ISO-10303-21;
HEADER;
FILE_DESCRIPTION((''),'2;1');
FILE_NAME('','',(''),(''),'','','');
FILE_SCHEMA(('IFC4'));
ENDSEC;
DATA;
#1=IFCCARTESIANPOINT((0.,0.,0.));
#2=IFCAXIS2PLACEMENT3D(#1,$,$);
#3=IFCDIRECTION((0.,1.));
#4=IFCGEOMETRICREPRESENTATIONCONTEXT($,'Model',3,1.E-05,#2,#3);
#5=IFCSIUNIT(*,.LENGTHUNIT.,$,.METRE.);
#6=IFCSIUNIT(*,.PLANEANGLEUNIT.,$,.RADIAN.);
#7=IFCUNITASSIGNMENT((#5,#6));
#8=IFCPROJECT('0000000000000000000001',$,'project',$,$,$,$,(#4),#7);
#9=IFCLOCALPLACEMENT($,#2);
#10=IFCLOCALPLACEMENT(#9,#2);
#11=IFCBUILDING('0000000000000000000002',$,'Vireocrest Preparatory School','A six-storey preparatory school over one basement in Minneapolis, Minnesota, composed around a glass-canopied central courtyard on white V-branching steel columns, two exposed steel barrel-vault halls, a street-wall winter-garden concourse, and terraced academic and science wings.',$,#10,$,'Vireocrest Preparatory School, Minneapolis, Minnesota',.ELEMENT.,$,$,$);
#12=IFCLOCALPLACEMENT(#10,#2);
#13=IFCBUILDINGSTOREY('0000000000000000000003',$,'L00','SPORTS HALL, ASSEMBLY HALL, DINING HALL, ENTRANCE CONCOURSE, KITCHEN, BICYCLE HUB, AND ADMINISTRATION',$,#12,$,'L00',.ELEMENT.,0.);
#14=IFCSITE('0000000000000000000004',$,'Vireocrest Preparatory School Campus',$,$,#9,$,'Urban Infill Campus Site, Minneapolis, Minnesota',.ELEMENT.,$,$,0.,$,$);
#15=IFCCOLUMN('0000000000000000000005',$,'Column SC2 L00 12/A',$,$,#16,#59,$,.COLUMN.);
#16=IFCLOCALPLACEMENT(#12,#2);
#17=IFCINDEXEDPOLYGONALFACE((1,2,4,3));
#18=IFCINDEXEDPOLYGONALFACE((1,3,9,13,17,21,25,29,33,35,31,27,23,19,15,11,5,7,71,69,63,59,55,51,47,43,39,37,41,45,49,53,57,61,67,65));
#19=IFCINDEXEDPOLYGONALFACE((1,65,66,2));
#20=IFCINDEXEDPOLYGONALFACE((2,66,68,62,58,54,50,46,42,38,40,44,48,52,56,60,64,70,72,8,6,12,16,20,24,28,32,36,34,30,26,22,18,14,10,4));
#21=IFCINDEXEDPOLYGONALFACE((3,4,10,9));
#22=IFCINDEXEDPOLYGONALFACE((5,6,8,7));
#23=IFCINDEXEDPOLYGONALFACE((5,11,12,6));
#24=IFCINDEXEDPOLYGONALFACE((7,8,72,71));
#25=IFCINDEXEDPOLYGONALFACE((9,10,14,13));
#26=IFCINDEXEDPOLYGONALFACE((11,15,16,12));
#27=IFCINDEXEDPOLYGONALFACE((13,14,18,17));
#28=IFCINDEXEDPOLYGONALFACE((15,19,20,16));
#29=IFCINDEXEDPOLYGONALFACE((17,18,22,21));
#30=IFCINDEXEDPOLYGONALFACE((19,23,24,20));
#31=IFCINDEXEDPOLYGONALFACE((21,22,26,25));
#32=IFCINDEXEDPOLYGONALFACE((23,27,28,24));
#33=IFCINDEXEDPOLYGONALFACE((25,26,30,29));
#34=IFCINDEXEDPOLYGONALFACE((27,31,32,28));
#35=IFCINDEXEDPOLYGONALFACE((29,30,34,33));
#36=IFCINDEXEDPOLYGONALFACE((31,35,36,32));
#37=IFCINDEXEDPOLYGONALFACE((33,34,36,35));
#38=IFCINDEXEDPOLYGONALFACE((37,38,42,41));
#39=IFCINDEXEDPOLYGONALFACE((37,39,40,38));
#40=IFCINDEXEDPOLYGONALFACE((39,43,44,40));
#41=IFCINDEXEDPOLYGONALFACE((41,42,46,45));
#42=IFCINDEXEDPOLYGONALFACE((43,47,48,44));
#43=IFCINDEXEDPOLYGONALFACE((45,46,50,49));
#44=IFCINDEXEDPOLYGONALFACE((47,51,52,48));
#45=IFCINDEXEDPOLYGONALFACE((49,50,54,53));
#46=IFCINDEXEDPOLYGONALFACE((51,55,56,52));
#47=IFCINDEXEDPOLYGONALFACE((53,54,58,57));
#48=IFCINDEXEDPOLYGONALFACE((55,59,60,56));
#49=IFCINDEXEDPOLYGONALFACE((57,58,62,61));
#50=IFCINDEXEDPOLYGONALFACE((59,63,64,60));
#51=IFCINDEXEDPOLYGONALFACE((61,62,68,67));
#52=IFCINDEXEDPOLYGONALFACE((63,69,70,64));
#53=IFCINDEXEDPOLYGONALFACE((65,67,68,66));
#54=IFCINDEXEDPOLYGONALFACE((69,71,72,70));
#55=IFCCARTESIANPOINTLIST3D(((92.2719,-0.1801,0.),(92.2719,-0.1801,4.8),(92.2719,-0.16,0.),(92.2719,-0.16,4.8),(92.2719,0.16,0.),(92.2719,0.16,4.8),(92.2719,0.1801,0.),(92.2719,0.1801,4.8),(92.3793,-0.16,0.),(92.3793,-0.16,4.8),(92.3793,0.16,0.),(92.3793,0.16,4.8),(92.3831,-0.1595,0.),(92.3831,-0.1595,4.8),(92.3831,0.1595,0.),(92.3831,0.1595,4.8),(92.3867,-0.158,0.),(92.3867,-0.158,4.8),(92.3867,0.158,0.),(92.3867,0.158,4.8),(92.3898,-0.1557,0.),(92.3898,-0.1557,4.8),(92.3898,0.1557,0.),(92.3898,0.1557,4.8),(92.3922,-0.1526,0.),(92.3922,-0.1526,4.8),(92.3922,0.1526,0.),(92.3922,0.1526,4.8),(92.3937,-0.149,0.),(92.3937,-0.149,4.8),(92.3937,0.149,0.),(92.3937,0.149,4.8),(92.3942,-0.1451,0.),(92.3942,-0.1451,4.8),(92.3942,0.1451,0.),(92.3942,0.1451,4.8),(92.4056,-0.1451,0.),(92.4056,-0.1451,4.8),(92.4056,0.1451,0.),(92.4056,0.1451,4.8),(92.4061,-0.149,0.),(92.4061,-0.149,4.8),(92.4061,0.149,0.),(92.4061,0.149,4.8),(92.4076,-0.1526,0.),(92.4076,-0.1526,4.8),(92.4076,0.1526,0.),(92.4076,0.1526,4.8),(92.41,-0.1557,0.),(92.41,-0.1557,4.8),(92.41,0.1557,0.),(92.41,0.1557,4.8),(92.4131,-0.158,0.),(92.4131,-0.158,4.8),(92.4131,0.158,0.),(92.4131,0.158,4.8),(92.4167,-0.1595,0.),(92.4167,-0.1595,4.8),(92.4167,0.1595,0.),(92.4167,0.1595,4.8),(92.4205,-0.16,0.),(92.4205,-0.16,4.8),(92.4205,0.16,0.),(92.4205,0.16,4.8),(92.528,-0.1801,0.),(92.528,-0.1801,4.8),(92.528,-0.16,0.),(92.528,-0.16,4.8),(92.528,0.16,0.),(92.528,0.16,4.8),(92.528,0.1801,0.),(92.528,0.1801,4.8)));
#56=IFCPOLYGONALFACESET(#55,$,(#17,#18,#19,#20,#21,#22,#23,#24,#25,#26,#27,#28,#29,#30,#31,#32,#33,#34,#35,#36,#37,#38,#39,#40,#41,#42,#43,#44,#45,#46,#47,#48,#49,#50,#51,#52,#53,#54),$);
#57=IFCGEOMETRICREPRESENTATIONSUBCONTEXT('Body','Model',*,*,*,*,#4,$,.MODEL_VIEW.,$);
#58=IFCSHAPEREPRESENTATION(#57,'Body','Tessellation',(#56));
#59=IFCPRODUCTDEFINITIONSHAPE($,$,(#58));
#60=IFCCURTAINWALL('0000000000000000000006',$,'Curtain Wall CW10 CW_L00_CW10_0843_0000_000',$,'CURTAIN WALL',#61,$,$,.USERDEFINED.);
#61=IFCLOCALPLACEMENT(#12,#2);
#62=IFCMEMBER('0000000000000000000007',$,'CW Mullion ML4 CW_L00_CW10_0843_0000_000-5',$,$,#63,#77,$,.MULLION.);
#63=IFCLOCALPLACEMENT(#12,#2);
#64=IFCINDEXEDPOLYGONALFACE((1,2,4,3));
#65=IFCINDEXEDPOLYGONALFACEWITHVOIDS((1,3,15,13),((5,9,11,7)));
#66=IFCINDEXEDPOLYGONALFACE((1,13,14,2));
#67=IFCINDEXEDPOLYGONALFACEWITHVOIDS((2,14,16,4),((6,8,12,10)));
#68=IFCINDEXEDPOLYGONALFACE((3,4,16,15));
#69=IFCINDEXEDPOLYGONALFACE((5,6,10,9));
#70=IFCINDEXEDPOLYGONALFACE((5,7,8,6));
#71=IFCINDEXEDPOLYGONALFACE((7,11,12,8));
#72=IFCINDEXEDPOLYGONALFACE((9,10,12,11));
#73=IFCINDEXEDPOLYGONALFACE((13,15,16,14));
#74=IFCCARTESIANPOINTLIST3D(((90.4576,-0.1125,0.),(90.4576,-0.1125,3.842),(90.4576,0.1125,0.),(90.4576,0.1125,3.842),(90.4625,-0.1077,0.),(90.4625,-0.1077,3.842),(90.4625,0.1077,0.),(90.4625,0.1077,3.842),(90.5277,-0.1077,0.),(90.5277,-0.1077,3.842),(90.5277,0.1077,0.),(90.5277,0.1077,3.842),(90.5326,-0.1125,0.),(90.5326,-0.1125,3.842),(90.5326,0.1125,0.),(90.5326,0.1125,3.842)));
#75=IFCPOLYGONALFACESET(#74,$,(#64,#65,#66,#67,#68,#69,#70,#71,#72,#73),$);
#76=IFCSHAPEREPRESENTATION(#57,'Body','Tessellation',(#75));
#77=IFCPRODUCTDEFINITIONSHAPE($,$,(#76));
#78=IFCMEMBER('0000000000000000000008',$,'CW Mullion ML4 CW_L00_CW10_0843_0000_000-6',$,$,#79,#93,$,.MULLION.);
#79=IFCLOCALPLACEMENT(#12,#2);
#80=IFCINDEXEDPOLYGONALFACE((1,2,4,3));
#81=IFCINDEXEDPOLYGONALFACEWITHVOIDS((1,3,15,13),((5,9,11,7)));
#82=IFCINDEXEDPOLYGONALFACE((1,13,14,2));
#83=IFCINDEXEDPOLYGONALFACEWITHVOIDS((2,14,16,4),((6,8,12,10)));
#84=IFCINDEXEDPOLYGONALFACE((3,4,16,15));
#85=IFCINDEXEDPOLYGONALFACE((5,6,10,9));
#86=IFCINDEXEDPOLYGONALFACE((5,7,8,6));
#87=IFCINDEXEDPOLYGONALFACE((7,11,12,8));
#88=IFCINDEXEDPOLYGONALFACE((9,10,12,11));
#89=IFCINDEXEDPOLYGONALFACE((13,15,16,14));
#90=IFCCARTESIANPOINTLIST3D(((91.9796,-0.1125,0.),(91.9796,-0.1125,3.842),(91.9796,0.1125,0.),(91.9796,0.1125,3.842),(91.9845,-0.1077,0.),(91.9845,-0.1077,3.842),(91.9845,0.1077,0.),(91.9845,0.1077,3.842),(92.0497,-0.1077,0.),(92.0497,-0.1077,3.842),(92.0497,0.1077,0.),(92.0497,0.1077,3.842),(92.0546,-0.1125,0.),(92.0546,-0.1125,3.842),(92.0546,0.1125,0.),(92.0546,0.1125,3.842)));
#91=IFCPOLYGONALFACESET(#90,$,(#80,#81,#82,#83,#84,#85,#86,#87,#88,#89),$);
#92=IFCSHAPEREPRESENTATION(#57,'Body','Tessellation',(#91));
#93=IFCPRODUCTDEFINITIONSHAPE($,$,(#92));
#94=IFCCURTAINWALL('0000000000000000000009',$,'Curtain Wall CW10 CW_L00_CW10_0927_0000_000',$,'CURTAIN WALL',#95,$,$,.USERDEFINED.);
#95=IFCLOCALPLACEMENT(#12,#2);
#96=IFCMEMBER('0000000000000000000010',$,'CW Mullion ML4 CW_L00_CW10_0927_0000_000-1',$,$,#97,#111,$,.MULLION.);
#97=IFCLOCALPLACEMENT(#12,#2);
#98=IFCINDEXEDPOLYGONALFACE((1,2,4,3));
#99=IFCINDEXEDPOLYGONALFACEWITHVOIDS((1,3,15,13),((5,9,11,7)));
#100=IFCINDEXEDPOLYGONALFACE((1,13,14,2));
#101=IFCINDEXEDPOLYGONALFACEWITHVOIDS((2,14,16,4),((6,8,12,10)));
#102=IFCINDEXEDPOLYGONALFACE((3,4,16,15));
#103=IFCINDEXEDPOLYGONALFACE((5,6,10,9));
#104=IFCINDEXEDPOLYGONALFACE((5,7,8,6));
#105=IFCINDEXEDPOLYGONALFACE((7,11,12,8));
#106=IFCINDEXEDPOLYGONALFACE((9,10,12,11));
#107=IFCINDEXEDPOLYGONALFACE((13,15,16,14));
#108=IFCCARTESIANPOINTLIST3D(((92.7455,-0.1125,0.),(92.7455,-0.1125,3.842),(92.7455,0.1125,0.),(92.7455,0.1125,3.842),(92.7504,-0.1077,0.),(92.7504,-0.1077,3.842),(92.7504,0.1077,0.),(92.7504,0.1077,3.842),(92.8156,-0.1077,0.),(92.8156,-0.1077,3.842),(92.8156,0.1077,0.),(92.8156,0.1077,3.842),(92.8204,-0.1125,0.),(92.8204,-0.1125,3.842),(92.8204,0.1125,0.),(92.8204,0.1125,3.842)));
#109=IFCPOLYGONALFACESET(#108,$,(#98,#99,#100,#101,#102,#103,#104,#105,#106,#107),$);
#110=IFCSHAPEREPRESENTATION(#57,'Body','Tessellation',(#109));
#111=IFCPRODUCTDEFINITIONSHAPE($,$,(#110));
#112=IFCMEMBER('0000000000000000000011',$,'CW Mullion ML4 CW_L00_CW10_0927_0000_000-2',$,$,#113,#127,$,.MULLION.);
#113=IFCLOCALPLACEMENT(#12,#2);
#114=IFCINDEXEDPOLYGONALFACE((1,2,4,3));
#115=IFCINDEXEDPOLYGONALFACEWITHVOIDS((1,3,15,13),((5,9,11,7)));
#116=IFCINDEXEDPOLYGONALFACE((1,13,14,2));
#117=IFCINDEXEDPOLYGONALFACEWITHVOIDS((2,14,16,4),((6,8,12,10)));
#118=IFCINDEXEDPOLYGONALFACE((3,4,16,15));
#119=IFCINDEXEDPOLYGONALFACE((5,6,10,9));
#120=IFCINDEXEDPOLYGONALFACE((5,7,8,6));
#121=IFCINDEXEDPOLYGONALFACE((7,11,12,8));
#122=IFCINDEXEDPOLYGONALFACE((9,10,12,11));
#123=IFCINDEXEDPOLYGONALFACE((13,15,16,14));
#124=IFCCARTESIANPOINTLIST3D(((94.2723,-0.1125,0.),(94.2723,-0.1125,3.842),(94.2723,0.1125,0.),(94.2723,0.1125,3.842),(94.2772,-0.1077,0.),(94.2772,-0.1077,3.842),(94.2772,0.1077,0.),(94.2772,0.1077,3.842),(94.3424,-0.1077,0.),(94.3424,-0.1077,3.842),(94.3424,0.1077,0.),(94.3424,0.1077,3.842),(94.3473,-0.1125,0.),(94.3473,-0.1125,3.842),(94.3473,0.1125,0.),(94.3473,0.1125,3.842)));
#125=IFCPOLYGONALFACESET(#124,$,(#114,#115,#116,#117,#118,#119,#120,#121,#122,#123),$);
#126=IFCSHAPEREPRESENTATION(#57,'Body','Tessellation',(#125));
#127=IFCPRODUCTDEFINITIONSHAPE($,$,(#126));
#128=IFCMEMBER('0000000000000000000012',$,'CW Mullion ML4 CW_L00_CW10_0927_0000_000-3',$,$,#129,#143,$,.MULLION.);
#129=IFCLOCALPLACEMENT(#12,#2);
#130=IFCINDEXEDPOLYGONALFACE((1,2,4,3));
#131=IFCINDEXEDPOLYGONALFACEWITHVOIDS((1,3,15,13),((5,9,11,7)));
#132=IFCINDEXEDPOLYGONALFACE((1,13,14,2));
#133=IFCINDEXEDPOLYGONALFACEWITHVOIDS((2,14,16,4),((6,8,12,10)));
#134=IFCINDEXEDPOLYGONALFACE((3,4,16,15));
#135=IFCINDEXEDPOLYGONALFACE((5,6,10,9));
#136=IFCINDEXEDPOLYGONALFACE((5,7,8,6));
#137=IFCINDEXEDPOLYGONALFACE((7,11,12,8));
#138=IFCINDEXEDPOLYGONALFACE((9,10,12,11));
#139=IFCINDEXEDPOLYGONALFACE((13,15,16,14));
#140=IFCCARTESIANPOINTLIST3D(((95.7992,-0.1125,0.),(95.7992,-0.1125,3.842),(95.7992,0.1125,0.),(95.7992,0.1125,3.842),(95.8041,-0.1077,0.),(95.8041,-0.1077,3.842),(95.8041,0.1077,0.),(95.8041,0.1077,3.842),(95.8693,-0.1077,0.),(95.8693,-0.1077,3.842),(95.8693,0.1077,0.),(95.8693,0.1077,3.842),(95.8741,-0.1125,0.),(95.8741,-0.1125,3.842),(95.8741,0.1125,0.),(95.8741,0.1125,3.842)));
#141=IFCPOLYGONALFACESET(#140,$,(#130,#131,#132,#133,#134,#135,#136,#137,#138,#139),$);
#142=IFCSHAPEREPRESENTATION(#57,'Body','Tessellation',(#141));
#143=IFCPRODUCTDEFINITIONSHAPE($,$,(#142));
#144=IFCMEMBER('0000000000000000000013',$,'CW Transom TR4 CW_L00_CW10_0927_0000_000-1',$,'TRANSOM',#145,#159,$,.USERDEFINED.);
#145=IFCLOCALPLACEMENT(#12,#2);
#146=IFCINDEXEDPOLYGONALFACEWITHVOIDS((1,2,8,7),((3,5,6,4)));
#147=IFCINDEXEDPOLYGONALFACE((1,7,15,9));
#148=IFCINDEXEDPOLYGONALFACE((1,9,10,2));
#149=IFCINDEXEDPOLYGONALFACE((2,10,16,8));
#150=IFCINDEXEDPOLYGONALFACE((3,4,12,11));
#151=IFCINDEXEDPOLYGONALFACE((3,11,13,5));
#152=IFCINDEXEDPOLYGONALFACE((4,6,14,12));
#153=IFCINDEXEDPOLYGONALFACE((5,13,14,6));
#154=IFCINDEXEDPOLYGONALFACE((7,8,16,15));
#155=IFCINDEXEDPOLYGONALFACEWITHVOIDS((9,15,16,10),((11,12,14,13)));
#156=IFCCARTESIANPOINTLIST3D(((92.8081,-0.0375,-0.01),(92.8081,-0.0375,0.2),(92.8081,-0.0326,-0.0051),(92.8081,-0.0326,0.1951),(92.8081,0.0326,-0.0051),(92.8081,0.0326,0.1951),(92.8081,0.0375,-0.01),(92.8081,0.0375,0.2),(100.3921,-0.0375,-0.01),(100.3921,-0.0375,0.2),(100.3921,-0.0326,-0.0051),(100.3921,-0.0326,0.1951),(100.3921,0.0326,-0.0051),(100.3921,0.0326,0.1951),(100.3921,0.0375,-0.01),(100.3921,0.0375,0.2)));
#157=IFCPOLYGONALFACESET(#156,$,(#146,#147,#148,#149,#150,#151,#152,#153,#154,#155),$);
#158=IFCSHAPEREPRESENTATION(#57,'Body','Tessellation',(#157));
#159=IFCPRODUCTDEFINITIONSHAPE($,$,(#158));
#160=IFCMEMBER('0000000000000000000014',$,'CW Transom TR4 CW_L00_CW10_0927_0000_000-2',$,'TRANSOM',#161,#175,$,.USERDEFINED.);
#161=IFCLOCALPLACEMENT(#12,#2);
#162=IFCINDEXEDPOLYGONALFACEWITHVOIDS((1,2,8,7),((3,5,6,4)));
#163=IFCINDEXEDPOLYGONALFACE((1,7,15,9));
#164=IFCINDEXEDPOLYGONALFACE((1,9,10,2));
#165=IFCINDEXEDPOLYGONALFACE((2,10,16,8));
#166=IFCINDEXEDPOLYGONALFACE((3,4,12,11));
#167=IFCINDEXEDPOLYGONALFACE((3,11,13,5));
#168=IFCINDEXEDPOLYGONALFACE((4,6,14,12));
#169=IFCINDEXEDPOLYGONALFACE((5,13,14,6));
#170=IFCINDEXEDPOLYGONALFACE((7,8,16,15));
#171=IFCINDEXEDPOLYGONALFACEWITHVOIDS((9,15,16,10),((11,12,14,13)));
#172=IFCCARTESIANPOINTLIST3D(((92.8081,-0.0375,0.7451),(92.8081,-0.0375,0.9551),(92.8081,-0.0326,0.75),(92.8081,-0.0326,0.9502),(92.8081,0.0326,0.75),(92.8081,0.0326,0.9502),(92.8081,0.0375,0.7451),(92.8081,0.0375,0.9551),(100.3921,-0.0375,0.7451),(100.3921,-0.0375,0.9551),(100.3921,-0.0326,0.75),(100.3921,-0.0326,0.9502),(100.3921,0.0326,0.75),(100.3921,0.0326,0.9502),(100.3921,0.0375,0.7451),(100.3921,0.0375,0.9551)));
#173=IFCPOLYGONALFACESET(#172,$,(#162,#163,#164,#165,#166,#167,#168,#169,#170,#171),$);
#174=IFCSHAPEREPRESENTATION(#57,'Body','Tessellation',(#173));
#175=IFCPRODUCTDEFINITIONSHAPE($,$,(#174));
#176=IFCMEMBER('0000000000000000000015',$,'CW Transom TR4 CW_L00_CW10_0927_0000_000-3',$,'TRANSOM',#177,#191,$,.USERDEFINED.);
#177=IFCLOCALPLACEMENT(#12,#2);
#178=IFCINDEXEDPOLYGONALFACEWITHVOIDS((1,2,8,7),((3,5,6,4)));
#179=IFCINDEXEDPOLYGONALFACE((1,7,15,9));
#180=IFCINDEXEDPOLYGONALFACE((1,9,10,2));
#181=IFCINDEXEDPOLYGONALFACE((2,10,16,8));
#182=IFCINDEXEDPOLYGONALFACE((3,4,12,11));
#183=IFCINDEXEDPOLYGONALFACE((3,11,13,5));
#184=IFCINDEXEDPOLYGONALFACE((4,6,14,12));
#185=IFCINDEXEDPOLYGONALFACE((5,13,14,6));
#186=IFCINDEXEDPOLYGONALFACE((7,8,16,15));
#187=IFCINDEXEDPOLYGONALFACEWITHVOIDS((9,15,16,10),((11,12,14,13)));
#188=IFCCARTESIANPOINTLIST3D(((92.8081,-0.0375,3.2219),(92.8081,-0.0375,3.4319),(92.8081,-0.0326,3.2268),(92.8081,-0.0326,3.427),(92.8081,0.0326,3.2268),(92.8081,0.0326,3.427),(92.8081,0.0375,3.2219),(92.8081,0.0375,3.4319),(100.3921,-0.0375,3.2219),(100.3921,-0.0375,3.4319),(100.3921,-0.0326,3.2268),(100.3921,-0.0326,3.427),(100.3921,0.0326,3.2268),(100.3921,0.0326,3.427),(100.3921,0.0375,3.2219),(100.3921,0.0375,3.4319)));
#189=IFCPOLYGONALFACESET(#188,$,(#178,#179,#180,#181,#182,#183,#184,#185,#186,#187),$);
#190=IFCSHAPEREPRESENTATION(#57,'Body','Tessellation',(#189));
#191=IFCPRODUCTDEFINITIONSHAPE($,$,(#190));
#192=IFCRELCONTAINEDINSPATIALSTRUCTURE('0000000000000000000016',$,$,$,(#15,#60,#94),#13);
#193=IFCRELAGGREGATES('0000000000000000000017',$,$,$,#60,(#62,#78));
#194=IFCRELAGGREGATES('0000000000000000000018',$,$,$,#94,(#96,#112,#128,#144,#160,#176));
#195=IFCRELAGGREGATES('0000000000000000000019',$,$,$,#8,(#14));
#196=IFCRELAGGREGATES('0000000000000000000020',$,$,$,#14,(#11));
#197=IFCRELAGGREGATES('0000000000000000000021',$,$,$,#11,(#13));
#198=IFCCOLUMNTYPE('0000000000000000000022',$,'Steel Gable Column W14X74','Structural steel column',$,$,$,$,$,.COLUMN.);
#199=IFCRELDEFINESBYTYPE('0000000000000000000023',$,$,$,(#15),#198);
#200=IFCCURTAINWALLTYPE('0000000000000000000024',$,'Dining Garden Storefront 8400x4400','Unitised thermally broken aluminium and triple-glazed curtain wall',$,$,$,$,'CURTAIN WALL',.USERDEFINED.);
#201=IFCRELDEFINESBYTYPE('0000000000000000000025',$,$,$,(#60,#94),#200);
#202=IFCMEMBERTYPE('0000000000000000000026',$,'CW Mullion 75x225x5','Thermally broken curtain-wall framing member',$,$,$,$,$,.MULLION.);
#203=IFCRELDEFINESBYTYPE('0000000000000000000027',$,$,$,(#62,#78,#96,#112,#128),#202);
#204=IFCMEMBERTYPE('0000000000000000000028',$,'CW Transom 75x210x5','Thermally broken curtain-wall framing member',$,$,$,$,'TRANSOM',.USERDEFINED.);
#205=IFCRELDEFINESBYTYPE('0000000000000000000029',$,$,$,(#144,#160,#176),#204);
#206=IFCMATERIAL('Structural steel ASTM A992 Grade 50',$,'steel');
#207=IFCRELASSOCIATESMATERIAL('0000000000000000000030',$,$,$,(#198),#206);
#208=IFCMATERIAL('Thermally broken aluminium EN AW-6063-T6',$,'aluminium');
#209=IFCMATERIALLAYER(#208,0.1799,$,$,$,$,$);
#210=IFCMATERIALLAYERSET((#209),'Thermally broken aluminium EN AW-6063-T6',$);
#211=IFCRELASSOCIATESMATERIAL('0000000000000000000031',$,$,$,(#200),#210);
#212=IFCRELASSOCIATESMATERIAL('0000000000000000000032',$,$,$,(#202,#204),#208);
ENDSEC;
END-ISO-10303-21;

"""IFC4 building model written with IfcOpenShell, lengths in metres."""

from ifc_helpers import new_model, si_unit, direction, frame, origin, origin_2d, place, context, subcontext, project, spatial, hollow_rectangle, i_section, extrude, material, layer, layer_set, material_profile, profile_set, type_object, element, aggregate, save


model = new_model("IFC4")

# Units and contexts
model_context = context("Model", 3, precision=1e-05, world=origin(), true_north=direction((0.0, 1.0)))
body_context = subcontext(model_context, "Body", "Model", "MODEL_VIEW")
ifc_project = project(units=[si_unit("LENGTHUNIT", "METRE"), si_unit("PLANEANGLEUNIT", "RADIAN")], contexts=[model_context])

# Site, building, storey
site_placement = place(None, origin())
site = spatial("IfcSite", under=ifc_project, at=site_placement, Name="Vireocrest Preparatory School Campus", LongName="Urban Infill Campus Site, Minneapolis, Minnesota", CompositionType="ELEMENT", RefElevation=0.0)
building_placement = place(site_placement, origin())
building = spatial("IfcBuilding", under=site, at=building_placement, Name="Vireocrest Preparatory School", Description="A six-storey preparatory school over one basement in Minneapolis, Minnesota, composed around a glass-canopied central courtyard on white V-branching steel columns, two exposed steel barrel-vault halls, a street-wall winter-garden concourse, and terraced academic and science wings.", LongName="Vireocrest Preparatory School, Minneapolis, Minnesota", CompositionType="ELEMENT")
storey_placement = place(building_placement, origin())
storey = spatial("IfcBuildingStorey", under=building, at=storey_placement, Name="L00", Description="SPORTS HALL, ASSEMBLY HALL, DINING HALL, ENTRANCE CONCOURSE, KITCHEN, BICYCLE HUB, AND ADMINISTRATION", LongName="L00", CompositionType="ELEMENT", Elevation=0.0)

# Column
ifc_material_1 = material(Name="Structural steel ASTM A992 Grade 50", Category="steel")
ifc_material_profile_1 = material_profile(ifc_material_1, i_section(OverallWidth=0.2561, OverallDepth=0.3601, WebThickness=0.0115, FlangeThickness=0.02, FilletRadius=0.0149, at=origin_2d()), Name="W14X74")
ifc_profile_set_1 = profile_set([ifc_material_profile_1], Name="Structural steel ASTM A992 Grade 50")
column_type = type_object("IfcColumnType", Name="Steel Gable Column W14X74", Description="Structural steel column", PredefinedType="COLUMN", material=ifc_profile_set_1)
column_placement = place(storey_placement, frame((92.3999, 0.0, 0.0), z_axis=(0.0, 0.0, 1.0), x_axis=(1.0, 0.0, 0.0)))
element("IfcColumn", 1, at=column_placement, inside=storey, type_object=column_type, Name="Column SC2 L00 12/A", PredefinedType="COLUMN", context=body_context, shape_type="SweptSolid", body=[
    extrude(i_section(OverallWidth=0.2561, OverallDepth=0.3601, WebThickness=0.0115, FlangeThickness=0.02, FilletRadius=0.0149, at=origin_2d()), origin(), (0.0, 0.0, 1.0), 4.8),
])

# Curtain walls, members
ifc_material_2 = material(Name="Thermally broken aluminium EN AW-6063-T6", Category="aluminium")
ifc_layer_1 = layer(ifc_material_2, 0.1799)
ifc_layer_set_1 = layer_set([ifc_layer_1], Name="Thermally broken aluminium EN AW-6063-T6")
curtain_wall_type = type_object("IfcCurtainWallType", Name="Dining Garden Storefront 8400x4400", Description="Unitised thermally broken aluminium and triple-glazed curtain wall", ElementType="CURTAIN WALL", PredefinedType="USERDEFINED", material=ifc_layer_set_1)
curtain_wall_1_placement = place(storey_placement, origin())
curtain_wall_1 = element("IfcCurtainWall", 2, at=curtain_wall_1_placement, inside=storey, type_object=curtain_wall_type, Name="Curtain Wall CW10 CW_L00_CW10_0843_0000_000", ObjectType="CURTAIN WALL", PredefinedType="USERDEFINED")
ifc_material_profile_2 = material_profile(ifc_material_2, hollow_rectangle(XDim=0.075, YDim=0.2251, WallThickness=0.0049, at=origin_2d()), Name="ALU 75x225x5")
ifc_profile_set_2 = profile_set([ifc_material_profile_2], Name="Thermally broken aluminium EN AW-6063-T6")
member_type_1 = type_object("IfcMemberType", Name="CW Mullion 75x225x5", Description="Thermally broken curtain-wall framing member", PredefinedType="MULLION", material=ifc_profile_set_2)
member_1_placement = place(storey_placement, frame((90.4951, 0.0, 0.0), z_axis=(0.0, 0.0, 1.0), x_axis=(1.0, 0.0, 0.0)))
member_1 = element("IfcMember", 3, at=member_1_placement, type_object=member_type_1, Name="CW Mullion ML4 CW_L00_CW10_0843_0000_000-5", PredefinedType="MULLION", context=body_context, shape_type="SweptSolid", body=[
    extrude(hollow_rectangle(XDim=0.075, YDim=0.2251, WallThickness=0.0049, at=origin_2d()), origin(), (0.0, 0.0, 1.0), 3.842),
])
member_2_placement = place(storey_placement, frame((92.0171, 0.0, 0.0), z_axis=(0.0, 0.0, 1.0), x_axis=(1.0, 0.0, 0.0)))
member_2 = element("IfcMember", 4, at=member_2_placement, type_object=member_type_1, Name="CW Mullion ML4 CW_L00_CW10_0843_0000_000-6", PredefinedType="MULLION", context=body_context, shape_type="SweptSolid", body=[
    extrude(hollow_rectangle(XDim=0.075, YDim=0.2251, WallThickness=0.0049, at=origin_2d()), origin(), (0.0, 0.0, 1.0), 3.842),
])
curtain_wall_2_placement = place(storey_placement, origin())
curtain_wall_2 = element("IfcCurtainWall", 5, at=curtain_wall_2_placement, inside=storey, type_object=curtain_wall_type, Name="Curtain Wall CW10 CW_L00_CW10_0927_0000_000", ObjectType="CURTAIN WALL", PredefinedType="USERDEFINED")
member_3_placement = place(storey_placement, frame((92.783, 0.0, 0.0), z_axis=(0.0, 0.0, 1.0), x_axis=(1.0, 0.0, 0.0)))
member_3 = element("IfcMember", 6, at=member_3_placement, type_object=member_type_1, Name="CW Mullion ML4 CW_L00_CW10_0927_0000_000-1", PredefinedType="MULLION", context=body_context, shape_type="SweptSolid", body=[
    extrude(hollow_rectangle(XDim=0.075, YDim=0.2251, WallThickness=0.0049, at=origin_2d()), origin(), (0.0, 0.0, 1.0), 3.842),
])
member_4_placement = place(storey_placement, frame((94.3098, 0.0, 0.0), z_axis=(0.0, 0.0, 1.0), x_axis=(1.0, 0.0, 0.0)))
member_4 = element("IfcMember", 7, at=member_4_placement, type_object=member_type_1, Name="CW Mullion ML4 CW_L00_CW10_0927_0000_000-2", PredefinedType="MULLION", context=body_context, shape_type="SweptSolid", body=[
    extrude(hollow_rectangle(XDim=0.075, YDim=0.2251, WallThickness=0.0049, at=origin_2d()), origin(), (0.0, 0.0, 1.0), 3.842),
])
member_5_placement = place(storey_placement, frame((95.8367, 0.0, 0.0), z_axis=(0.0, 0.0, 1.0), x_axis=(1.0, 0.0, 0.0)))
member_5 = element("IfcMember", 8, at=member_5_placement, type_object=member_type_1, Name="CW Mullion ML4 CW_L00_CW10_0927_0000_000-3", PredefinedType="MULLION", context=body_context, shape_type="SweptSolid", body=[
    extrude(hollow_rectangle(XDim=0.075, YDim=0.2251, WallThickness=0.0049, at=origin_2d()), origin(), (0.0, 0.0, 1.0), 3.842),
])
ifc_material_profile_3 = material_profile(ifc_material_2, hollow_rectangle(XDim=0.075, YDim=0.21, WallThickness=0.0049, at=origin_2d()), Name="ALU 75x210x5")
ifc_profile_set_3 = profile_set([ifc_material_profile_3], Name="Thermally broken aluminium EN AW-6063-T6")
member_type_2 = type_object("IfcMemberType", Name="CW Transom 75x210x5", Description="Thermally broken curtain-wall framing member", ElementType="TRANSOM", PredefinedType="USERDEFINED", material=ifc_profile_set_3)
member_6_placement = place(storey_placement, frame((92.8081, 0.0, 0.095), z_axis=(1.0, 0.0, 0.0), x_axis=(0.0, 1.0, 0.0)))
member_6 = element("IfcMember", 9, at=member_6_placement, type_object=member_type_2, Name="CW Transom TR4 CW_L00_CW10_0927_0000_000-1", ObjectType="TRANSOM", PredefinedType="USERDEFINED", context=body_context, shape_type="SweptSolid", body=[
    extrude(hollow_rectangle(XDim=0.075, YDim=0.21, WallThickness=0.0049, at=origin_2d()), origin(), (0.0, 0.0, 1.0), 7.584),
])
member_7_placement = place(storey_placement, frame((92.8081, 0.0, 0.8501), z_axis=(1.0, 0.0, 0.0), x_axis=(0.0, 1.0, 0.0)))
member_7 = element("IfcMember", 10, at=member_7_placement, type_object=member_type_2, Name="CW Transom TR4 CW_L00_CW10_0927_0000_000-2", ObjectType="TRANSOM", PredefinedType="USERDEFINED", context=body_context, shape_type="SweptSolid", body=[
    extrude(hollow_rectangle(XDim=0.075, YDim=0.21, WallThickness=0.0049, at=origin_2d()), origin(), (0.0, 0.0, 1.0), 7.584),
])
member_8_placement = place(storey_placement, frame((92.8081, 0.0, 3.3269), z_axis=(1.0, 0.0, 0.0), x_axis=(0.0, 1.0, 0.0)))
member_8 = element("IfcMember", 11, at=member_8_placement, type_object=member_type_2, Name="CW Transom TR4 CW_L00_CW10_0927_0000_000-3", ObjectType="TRANSOM", PredefinedType="USERDEFINED", context=body_context, shape_type="SweptSolid", body=[
    extrude(hollow_rectangle(XDim=0.075, YDim=0.21, WallThickness=0.0049, at=origin_2d()), origin(), (0.0, 0.0, 1.0), 7.584),
])

aggregate(curtain_wall_1, [member_1, member_2])
aggregate(curtain_wall_2, [member_3, member_4, member_5, member_6, member_7, member_8])

save(model, "model.ifc")
